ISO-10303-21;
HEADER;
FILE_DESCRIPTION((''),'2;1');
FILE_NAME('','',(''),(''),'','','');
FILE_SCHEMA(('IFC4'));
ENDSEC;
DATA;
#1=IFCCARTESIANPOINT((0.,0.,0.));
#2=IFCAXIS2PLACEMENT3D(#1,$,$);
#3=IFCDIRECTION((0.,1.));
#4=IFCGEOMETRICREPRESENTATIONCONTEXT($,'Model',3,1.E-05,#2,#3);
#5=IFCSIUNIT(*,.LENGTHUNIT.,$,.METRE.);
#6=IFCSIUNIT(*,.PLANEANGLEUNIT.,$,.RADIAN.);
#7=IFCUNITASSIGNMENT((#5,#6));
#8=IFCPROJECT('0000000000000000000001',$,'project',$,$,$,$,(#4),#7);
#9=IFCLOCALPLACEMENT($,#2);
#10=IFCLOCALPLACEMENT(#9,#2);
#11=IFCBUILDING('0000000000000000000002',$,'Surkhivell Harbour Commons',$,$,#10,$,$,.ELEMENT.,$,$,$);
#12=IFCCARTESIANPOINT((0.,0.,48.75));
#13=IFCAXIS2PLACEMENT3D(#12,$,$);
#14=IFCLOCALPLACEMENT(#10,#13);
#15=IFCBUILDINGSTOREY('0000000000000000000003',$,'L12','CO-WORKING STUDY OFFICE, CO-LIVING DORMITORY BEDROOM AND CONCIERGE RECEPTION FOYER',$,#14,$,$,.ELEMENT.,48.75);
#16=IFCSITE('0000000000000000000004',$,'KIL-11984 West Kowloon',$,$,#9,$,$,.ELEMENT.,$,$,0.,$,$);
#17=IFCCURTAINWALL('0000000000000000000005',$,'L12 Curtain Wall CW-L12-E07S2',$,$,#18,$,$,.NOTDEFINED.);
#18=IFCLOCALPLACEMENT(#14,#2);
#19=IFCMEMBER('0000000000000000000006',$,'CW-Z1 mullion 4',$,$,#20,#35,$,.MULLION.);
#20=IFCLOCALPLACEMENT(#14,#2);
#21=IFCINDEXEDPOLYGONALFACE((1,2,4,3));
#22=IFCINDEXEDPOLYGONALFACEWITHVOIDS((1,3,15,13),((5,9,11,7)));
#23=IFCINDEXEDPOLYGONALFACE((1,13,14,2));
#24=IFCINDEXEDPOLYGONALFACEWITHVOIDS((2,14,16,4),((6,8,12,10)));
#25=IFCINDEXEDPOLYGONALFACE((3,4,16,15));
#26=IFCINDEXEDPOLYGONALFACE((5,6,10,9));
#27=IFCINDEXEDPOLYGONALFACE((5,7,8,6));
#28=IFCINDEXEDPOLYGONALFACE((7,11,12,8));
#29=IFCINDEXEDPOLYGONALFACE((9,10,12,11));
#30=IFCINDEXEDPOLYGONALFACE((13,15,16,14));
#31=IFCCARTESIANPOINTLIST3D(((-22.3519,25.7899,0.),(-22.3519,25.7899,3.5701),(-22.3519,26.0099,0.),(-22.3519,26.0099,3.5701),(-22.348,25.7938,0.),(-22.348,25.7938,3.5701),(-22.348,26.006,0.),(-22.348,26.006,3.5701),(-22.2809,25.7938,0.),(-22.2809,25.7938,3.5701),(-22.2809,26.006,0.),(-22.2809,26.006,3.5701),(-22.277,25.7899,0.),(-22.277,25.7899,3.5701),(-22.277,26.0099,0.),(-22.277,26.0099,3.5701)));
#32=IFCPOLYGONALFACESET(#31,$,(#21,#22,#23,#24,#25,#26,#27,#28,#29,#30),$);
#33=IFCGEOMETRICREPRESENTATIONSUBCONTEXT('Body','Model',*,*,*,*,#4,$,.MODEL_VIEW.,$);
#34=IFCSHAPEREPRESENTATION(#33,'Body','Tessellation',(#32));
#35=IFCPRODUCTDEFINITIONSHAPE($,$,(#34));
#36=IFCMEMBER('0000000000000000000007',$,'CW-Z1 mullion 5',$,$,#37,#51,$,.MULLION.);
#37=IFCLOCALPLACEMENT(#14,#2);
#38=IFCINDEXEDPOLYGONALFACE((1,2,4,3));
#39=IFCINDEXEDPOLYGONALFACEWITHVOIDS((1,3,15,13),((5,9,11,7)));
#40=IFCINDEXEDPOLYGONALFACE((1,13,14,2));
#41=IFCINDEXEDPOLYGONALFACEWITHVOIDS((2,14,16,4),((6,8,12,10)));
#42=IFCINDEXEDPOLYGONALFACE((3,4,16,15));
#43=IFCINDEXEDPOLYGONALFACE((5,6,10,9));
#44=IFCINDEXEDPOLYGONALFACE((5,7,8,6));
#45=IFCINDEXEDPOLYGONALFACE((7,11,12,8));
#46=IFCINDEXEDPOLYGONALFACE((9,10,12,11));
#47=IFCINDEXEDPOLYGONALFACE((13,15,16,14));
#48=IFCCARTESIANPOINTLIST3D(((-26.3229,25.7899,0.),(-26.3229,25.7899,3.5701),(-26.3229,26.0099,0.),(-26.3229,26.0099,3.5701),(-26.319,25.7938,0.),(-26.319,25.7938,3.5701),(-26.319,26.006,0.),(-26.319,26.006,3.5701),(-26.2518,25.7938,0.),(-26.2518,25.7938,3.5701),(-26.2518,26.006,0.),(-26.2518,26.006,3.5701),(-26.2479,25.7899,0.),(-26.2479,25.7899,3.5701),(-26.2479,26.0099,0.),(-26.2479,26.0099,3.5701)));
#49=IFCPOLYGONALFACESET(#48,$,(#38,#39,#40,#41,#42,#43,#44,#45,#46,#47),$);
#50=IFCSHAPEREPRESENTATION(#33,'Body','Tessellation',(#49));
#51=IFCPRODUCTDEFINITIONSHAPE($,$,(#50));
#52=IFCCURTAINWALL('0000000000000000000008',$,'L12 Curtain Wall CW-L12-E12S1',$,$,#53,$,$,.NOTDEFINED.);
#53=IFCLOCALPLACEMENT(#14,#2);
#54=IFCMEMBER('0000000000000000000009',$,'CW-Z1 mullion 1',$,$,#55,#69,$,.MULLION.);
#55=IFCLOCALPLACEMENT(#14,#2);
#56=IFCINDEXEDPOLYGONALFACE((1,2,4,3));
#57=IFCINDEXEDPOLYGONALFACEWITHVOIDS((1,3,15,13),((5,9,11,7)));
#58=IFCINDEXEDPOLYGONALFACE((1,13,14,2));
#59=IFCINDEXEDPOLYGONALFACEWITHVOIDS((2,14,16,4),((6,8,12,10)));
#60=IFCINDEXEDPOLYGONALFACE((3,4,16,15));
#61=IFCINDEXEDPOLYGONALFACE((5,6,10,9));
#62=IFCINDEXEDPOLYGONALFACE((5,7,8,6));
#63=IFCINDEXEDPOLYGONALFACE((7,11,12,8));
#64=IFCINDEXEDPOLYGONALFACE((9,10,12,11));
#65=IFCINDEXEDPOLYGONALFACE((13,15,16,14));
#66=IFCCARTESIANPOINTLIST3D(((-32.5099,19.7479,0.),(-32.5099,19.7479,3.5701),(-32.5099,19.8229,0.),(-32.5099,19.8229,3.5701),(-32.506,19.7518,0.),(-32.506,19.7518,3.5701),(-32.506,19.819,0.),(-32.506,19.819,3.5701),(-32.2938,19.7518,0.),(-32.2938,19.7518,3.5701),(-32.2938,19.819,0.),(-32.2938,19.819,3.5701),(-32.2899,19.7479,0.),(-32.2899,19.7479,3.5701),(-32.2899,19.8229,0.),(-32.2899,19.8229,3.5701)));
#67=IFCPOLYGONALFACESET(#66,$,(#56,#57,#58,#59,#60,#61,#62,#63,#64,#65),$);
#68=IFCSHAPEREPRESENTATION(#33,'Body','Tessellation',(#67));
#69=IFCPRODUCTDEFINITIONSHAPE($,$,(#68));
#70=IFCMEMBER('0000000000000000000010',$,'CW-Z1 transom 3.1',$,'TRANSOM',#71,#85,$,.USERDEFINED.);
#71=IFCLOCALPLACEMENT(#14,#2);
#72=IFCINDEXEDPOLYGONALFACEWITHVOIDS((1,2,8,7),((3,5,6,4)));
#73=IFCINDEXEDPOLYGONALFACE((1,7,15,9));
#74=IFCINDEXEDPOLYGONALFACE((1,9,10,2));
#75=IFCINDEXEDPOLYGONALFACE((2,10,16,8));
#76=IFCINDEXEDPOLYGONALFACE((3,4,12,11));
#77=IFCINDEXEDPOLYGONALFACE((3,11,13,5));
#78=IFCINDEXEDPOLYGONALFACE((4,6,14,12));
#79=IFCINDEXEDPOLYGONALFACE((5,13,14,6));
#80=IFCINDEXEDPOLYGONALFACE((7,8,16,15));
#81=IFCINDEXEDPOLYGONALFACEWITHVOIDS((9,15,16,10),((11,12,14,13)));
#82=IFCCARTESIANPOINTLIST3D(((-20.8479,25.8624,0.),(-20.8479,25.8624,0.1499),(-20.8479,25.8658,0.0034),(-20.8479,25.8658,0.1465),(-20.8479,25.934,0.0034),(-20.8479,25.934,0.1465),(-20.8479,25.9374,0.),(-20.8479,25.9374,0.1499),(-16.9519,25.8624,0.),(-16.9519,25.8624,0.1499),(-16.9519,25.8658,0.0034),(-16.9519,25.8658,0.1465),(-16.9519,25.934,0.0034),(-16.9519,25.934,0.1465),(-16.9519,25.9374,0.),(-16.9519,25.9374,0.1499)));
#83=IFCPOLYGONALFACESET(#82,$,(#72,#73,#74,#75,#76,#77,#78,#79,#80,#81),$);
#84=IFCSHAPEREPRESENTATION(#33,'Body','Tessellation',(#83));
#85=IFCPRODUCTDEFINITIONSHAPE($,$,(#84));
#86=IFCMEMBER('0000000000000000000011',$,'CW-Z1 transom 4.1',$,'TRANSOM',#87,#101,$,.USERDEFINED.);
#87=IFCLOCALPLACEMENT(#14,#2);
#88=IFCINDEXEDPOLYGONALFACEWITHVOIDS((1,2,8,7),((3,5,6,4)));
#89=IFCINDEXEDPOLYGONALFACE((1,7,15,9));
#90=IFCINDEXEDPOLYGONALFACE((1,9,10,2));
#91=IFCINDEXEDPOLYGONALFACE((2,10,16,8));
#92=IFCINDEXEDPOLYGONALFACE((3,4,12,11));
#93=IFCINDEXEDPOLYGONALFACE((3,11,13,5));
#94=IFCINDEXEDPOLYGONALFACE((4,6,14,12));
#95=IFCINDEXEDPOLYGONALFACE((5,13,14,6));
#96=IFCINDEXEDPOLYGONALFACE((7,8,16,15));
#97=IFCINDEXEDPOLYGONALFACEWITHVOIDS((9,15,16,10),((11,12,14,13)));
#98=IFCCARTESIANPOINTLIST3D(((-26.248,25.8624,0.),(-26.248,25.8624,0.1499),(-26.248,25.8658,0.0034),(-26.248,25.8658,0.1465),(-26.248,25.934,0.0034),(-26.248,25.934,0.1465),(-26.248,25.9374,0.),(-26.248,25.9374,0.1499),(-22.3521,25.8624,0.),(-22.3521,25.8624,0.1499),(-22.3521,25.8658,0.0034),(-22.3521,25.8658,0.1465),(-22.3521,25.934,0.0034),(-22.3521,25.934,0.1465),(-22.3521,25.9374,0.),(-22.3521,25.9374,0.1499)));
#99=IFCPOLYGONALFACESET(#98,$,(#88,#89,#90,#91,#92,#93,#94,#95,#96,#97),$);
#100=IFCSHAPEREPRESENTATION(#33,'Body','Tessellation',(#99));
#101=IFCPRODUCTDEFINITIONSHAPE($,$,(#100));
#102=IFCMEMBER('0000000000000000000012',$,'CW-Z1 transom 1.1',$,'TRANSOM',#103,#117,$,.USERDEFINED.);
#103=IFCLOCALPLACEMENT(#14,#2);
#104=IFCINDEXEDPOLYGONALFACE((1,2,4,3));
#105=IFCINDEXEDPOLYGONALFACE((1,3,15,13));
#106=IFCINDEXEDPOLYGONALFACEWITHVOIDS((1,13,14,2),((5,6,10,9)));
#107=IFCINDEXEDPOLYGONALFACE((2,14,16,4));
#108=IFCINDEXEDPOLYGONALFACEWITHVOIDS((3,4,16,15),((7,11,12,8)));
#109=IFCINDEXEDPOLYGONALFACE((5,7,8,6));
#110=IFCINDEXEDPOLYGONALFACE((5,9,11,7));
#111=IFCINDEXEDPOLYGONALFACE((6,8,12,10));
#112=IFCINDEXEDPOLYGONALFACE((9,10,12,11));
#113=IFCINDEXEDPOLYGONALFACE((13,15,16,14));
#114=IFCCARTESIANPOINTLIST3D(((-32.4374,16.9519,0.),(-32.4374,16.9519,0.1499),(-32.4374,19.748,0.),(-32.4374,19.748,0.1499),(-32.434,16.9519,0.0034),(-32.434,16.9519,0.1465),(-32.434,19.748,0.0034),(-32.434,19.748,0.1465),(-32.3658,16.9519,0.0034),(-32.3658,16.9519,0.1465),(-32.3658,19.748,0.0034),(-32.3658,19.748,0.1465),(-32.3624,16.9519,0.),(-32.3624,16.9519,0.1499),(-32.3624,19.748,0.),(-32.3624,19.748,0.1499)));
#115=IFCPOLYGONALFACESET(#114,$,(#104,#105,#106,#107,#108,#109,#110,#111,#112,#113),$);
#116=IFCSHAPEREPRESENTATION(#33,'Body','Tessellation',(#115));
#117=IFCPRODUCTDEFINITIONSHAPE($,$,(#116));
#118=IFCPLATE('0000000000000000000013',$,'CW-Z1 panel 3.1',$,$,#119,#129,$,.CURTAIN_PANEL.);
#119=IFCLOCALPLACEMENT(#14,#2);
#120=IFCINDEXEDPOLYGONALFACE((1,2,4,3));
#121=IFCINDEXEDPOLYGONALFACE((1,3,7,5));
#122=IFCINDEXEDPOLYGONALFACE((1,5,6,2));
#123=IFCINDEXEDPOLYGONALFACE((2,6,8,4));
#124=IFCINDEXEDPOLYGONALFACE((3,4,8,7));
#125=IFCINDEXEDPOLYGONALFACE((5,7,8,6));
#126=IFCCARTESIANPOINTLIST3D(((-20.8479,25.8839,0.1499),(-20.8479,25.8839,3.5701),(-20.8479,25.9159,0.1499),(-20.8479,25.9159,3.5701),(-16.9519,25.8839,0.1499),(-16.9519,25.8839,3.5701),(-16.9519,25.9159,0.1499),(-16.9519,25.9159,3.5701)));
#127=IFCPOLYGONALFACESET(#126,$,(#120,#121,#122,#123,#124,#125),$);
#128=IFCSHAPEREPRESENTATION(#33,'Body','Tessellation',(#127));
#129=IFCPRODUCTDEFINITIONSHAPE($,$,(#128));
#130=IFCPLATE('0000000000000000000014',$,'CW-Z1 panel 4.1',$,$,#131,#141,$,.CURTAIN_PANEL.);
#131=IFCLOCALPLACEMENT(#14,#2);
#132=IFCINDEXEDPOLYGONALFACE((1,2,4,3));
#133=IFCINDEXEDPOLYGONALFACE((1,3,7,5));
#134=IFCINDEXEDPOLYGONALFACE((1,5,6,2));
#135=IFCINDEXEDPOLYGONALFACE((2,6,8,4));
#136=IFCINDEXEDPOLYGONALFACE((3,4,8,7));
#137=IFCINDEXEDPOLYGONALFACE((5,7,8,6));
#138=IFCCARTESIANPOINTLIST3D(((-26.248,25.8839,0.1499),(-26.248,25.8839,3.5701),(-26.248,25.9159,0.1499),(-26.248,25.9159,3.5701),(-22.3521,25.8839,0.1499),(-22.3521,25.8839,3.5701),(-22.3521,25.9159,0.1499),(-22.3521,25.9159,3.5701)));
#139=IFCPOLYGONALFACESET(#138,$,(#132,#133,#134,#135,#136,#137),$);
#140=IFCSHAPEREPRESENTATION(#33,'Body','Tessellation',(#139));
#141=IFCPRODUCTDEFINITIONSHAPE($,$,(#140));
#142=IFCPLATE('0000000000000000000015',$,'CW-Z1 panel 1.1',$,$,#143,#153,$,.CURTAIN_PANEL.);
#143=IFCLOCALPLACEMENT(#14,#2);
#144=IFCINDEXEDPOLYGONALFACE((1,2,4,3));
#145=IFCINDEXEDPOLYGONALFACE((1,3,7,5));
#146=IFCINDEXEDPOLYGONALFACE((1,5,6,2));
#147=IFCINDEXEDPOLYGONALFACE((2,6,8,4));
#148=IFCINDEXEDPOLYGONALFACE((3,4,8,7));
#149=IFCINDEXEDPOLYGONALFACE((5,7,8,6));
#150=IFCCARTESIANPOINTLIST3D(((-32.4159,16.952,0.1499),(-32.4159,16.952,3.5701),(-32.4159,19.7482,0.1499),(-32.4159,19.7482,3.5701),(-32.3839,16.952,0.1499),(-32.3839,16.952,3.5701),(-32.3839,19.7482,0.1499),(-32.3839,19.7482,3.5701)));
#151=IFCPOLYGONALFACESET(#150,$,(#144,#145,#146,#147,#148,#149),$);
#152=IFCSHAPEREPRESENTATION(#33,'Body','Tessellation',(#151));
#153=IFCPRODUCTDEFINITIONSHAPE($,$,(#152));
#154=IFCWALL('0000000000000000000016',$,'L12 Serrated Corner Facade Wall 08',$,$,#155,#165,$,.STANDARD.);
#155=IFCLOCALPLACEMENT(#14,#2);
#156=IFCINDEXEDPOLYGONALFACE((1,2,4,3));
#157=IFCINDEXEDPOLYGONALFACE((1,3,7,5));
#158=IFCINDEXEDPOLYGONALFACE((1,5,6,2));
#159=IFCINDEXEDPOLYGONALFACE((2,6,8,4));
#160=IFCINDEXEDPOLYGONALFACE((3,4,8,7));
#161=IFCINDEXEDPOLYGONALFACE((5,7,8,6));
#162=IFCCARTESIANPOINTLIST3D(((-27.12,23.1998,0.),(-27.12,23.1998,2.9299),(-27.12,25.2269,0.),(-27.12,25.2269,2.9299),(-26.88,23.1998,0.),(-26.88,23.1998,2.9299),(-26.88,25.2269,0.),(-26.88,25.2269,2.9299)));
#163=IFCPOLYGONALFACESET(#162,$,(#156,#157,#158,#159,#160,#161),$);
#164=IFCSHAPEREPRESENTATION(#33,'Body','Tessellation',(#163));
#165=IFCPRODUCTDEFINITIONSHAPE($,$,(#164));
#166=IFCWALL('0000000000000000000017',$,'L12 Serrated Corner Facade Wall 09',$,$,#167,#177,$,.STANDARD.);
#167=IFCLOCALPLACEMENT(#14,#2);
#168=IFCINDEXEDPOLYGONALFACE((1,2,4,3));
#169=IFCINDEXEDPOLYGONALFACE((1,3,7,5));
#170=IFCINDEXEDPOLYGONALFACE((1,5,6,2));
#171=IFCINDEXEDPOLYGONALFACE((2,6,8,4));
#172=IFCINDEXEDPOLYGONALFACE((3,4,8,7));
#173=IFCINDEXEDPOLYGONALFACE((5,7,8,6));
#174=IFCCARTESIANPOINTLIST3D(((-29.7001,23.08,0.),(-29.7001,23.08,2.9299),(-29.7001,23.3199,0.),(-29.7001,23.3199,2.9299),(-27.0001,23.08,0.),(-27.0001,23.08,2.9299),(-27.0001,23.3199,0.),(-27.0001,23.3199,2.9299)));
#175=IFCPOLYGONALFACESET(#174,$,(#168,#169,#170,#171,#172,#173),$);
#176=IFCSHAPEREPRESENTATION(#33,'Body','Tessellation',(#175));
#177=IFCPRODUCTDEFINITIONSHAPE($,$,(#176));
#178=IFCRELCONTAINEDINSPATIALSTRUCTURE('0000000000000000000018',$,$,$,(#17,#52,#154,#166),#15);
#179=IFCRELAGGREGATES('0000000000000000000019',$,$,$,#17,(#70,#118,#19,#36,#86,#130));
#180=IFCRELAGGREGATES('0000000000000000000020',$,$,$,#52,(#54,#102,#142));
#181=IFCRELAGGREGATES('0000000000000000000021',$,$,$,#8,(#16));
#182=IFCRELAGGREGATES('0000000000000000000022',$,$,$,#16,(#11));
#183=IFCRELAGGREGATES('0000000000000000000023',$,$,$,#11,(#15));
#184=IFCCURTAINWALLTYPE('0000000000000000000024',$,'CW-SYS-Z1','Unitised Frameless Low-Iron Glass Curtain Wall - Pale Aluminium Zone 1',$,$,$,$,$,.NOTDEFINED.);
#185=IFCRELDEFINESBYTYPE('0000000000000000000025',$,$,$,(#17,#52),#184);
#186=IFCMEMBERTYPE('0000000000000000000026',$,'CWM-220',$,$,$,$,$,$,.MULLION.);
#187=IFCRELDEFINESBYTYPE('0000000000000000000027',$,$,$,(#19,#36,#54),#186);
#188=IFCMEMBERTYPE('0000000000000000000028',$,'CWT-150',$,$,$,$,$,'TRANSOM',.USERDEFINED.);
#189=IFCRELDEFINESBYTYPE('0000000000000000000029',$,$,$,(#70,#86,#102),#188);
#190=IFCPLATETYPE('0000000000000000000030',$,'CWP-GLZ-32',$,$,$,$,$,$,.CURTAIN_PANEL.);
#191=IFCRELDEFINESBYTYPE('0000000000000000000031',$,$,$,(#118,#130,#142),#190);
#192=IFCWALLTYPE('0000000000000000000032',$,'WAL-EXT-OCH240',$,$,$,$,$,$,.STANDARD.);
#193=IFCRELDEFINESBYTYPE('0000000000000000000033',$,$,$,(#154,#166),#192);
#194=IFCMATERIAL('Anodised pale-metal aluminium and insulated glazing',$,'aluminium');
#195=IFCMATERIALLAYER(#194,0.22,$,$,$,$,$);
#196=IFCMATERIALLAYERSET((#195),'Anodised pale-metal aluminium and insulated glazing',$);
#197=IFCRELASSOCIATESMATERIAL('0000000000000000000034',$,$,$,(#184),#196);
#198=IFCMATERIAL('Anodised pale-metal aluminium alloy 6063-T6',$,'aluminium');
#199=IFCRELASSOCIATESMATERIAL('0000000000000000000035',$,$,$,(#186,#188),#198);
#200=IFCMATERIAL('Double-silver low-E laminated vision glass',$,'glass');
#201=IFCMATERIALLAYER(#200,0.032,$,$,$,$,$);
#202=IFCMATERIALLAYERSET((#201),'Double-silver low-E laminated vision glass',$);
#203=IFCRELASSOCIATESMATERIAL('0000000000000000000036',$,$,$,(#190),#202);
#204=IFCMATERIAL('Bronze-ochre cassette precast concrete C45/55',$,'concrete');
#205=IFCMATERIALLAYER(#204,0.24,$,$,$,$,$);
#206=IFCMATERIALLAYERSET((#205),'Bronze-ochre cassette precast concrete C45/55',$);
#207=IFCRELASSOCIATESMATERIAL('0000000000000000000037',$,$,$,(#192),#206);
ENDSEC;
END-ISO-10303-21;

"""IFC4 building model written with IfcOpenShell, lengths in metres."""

from ifc_helpers import new_model, si_unit, direction, frame, frame_2d, origin, origin_2d, place, context, subcontext, project, spatial, rectangle, hollow_rectangle, extrude, material, layer, layer_set, material_profile, profile_set, type_object, element, aggregate, save


model = new_model("IFC4")

# Units and contexts
model_context = context("Model", 3, precision=1e-05, world=origin(), true_north=direction((0.0, 1.0)))
body_context = subcontext(model_context, "Body", "Model", "MODEL_VIEW")
ifc_project = project(units=[si_unit("LENGTHUNIT", "METRE"), si_unit("PLANEANGLEUNIT", "RADIAN")], contexts=[model_context])

# Site, building, storey
site_placement = place(None, origin())
site = spatial("IfcSite", under=ifc_project, at=site_placement, Name="KIL-11984 West Kowloon", CompositionType="ELEMENT", RefElevation=0.0)
building_placement = place(site_placement, origin())
building = spatial("IfcBuilding", under=site, at=building_placement, Name="Surkhivell Harbour Commons", CompositionType="ELEMENT")
storey_placement = place(building_placement, frame((0.0, 0.0, 48.75)))
storey = spatial("IfcBuildingStorey", under=building, at=storey_placement, Name="L12", Description="CO-WORKING STUDY OFFICE, CO-LIVING DORMITORY BEDROOM AND CONCIERGE RECEPTION FOYER", CompositionType="ELEMENT", Elevation=48.75)

# Curtain wall, members
ifc_material_1 = material(Name="Anodised pale-metal aluminium and insulated glazing", Category="aluminium")
ifc_layer_1 = layer(ifc_material_1, 0.22)
ifc_layer_set_1 = layer_set([ifc_layer_1], Name="Anodised pale-metal aluminium and insulated glazing")
curtain_wall_type = type_object("IfcCurtainWallType", Name="CW-SYS-Z1", Description="Unitised Frameless Low-Iron Glass Curtain Wall - Pale Aluminium Zone 1", PredefinedType="NOTDEFINED", material=ifc_layer_set_1)
curtain_wall_1_placement = place(storey_placement, origin())
curtain_wall_1 = element("IfcCurtainWall", 1, at=curtain_wall_1_placement, inside=storey, type_object=curtain_wall_type, Name="L12 Curtain Wall CW-L12-E07S2", PredefinedType="NOTDEFINED")
ifc_material_2 = material(Name="Anodised pale-metal aluminium alloy 6063-T6", Category="aluminium")
ifc_material_profile_1 = material_profile(ifc_material_2, hollow_rectangle(XDim=0.075, YDim=0.22, WallThickness=0.0039, at=origin_2d()), Name="ALU-MULL-75x220")
ifc_profile_set_1 = profile_set([ifc_material_profile_1], Name="Anodised pale-metal aluminium alloy 6063-T6")
member_type_1 = type_object("IfcMemberType", Name="CWM-220", PredefinedType="MULLION", material=ifc_profile_set_1)
member_1_placement = place(storey_placement, frame((-22.3145, 25.8999, 0.0), z_axis=(0.0, 0.0, 1.0), x_axis=(-1.0, 0.0, 0.0)))
member_1 = element("IfcMember", 2, at=member_1_placement, type_object=member_type_1, Name="CW-Z1 mullion 4", PredefinedType="MULLION", context=body_context, shape_type="SweptSolid", body=[
    extrude(hollow_rectangle(XDim=0.075, YDim=0.22, WallThickness=0.0039, at=origin_2d()), origin(), (0.0, 0.0, 1.0), 3.5701),
])
member_2_placement = place(storey_placement, frame((-26.2854, 25.8999, 0.0), z_axis=(0.0, 0.0, 1.0), x_axis=(-1.0, 0.0, 0.0)))
member_2 = element("IfcMember", 3, at=member_2_placement, type_object=member_type_1, Name="CW-Z1 mullion 5", PredefinedType="MULLION", context=body_context, shape_type="SweptSolid", body=[
    extrude(hollow_rectangle(XDim=0.075, YDim=0.22, WallThickness=0.0039, at=origin_2d()), origin(), (0.0, 0.0, 1.0), 3.5701),
])

# Curtain wall, member
curtain_wall_2_placement = place(storey_placement, origin())
curtain_wall_2 = element("IfcCurtainWall", 4, at=curtain_wall_2_placement, inside=storey, type_object=curtain_wall_type, Name="L12 Curtain Wall CW-L12-E12S1", PredefinedType="NOTDEFINED")
member_3_placement = place(storey_placement, frame((-32.3999, 19.7854, 0.0), z_axis=(0.0, 0.0, 1.0), x_axis=(0.0, -1.0, 0.0)))
member_3 = element("IfcMember", 5, at=member_3_placement, type_object=member_type_1, Name="CW-Z1 mullion 1", PredefinedType="MULLION", context=body_context, shape_type="SweptSolid", body=[
    extrude(hollow_rectangle(XDim=0.075, YDim=0.22, WallThickness=0.0039, at=origin_2d()), origin(), (0.0, 0.0, 1.0), 3.5701),
])

# Members
ifc_material_profile_2 = material_profile(ifc_material_2, hollow_rectangle(XDim=0.075, YDim=0.1499, WallThickness=0.0034, at=origin_2d()), Name="ALU-TRAN-75x150")
ifc_profile_set_2 = profile_set([ifc_material_profile_2], Name="Anodised pale-metal aluminium alloy 6063-T6")
member_type_2 = type_object("IfcMemberType", Name="CWT-150", ElementType="TRANSOM", PredefinedType="USERDEFINED", material=ifc_profile_set_2)
member_4_placement = place(storey_placement, frame((-16.9519, 25.8999, 0.075), z_axis=(-1.0, 0.0, 0.0), x_axis=(0.0, -1.0, 0.0)))
member_4 = element("IfcMember", 6, at=member_4_placement, type_object=member_type_2, Name="CW-Z1 transom 3.1", ObjectType="TRANSOM", PredefinedType="USERDEFINED", context=body_context, shape_type="SweptSolid", body=[
    extrude(hollow_rectangle(XDim=0.075, YDim=0.1499, WallThickness=0.0034, at=origin_2d()), origin(), (0.0, 0.0, 1.0), 3.896),
])
member_5_placement = place(storey_placement, frame((-22.3521, 25.8999, 0.075), z_axis=(-1.0, 0.0, 0.0), x_axis=(0.0, -1.0, 0.0)))
member_5 = element("IfcMember", 7, at=member_5_placement, type_object=member_type_2, Name="CW-Z1 transom 4.1", ObjectType="TRANSOM", PredefinedType="USERDEFINED", context=body_context, shape_type="SweptSolid", body=[
    extrude(hollow_rectangle(XDim=0.075, YDim=0.1499, WallThickness=0.0034, at=origin_2d()), origin(), (0.0, 0.0, 1.0), 3.896),
])
member_6_placement = place(storey_placement, frame((-32.3999, 19.748, 0.075), z_axis=(0.0, -1.0, 0.0), x_axis=(1.0, 0.0, 0.0)))
member_6 = element("IfcMember", 8, at=member_6_placement, type_object=member_type_2, Name="CW-Z1 transom 1.1", ObjectType="TRANSOM", PredefinedType="USERDEFINED", context=body_context, shape_type="SweptSolid", body=[
    extrude(hollow_rectangle(XDim=0.075, YDim=0.1499, WallThickness=0.0034, at=origin_2d()), origin(), (0.0, 0.0, 1.0), 2.7961),
])

# Plates
ifc_material_3 = material(Name="Double-silver low-E laminated vision glass", Category="glass")
ifc_layer_2 = layer(ifc_material_3, 0.032)
ifc_layer_set_2 = layer_set([ifc_layer_2], Name="Double-silver low-E laminated vision glass")
plate_type = type_object("IfcPlateType", Name="CWP-GLZ-32", PredefinedType="CURTAIN_PANEL", material=ifc_layer_set_2)
plate_1_placement = place(storey_placement, frame((-16.9519, 25.8999, 0.1499), z_axis=(0.0, 0.0, 1.0), x_axis=(-1.0, 0.0, 0.0)))
plate_1 = element("IfcPlate", 9, at=plate_1_placement, type_object=plate_type, Name="CW-Z1 panel 3.1", PredefinedType="CURTAIN_PANEL", context=body_context, shape_type="SweptSolid", body=[
    extrude(rectangle(XDim=3.896, YDim=0.032, at=frame_2d((1.948, 0.0))), origin(), (0.0, 0.0, 1.0), 3.4202),
])
plate_2_placement = place(storey_placement, frame((-22.3521, 25.8999, 0.1499), z_axis=(0.0, 0.0, 1.0), x_axis=(-1.0, 0.0, 0.0)))
plate_2 = element("IfcPlate", 10, at=plate_2_placement, type_object=plate_type, Name="CW-Z1 panel 4.1", PredefinedType="CURTAIN_PANEL", context=body_context, shape_type="SweptSolid", body=[
    extrude(rectangle(XDim=3.896, YDim=0.032, at=frame_2d((1.948, 0.0))), origin(), (0.0, 0.0, 1.0), 3.4202),
])
aggregate(curtain_wall_1, [member_4, plate_1, member_1, member_2, member_5, plate_2])
plate_3_placement = place(storey_placement, frame((-32.3999, 19.748, 0.1499), z_axis=(0.0, 0.0, 1.0), x_axis=(0.0, -1.0, 0.0)))
plate_3 = element("IfcPlate", 11, at=plate_3_placement, type_object=plate_type, Name="CW-Z1 panel 1.1", PredefinedType="CURTAIN_PANEL", context=body_context, shape_type="SweptSolid", body=[
    extrude(rectangle(XDim=2.7961, YDim=0.032, at=frame_2d((1.3979, 0.0))), origin(), (0.0, 0.0, 1.0), 3.4202),
])
aggregate(curtain_wall_2, [member_3, member_6, plate_3])

# Walls
ifc_material_4 = material(Name="Bronze-ochre cassette precast concrete C45/55", Category="concrete")
ifc_layer_3 = layer(ifc_material_4, 0.24)
ifc_layer_set_3 = layer_set([ifc_layer_3], Name="Bronze-ochre cassette precast concrete C45/55")
wall_type = type_object("IfcWallType", Name="WAL-EXT-OCH240", PredefinedType="STANDARD", material=ifc_layer_set_3)
wall_1_placement = place(storey_placement, frame((-27.0, 25.2271, 0.0), z_axis=(0.0, 0.0, 1.0), x_axis=(0.0, -1.0, 0.0)))
element("IfcWall", 12, at=wall_1_placement, inside=storey, type_object=wall_type, Name="L12 Serrated Corner Facade Wall 08", PredefinedType="STANDARD", context=body_context, shape_type="SweptSolid", body=[
    extrude(rectangle(XDim=2.0271, YDim=0.24, at=frame_2d((1.0137, 0.0))), origin(), (0.0, 0.0, 1.0), 2.9299),
])
wall_2_placement = place(storey_placement, frame((-27.0, 23.2, 0.0), z_axis=(0.0, 0.0, 1.0), x_axis=(-1.0, 0.0, 0.0)))
element("IfcWall", 13, at=wall_2_placement, inside=storey, type_object=wall_type, Name="L12 Serrated Corner Facade Wall 09", PredefinedType="STANDARD", context=body_context, shape_type="SweptSolid", body=[
    extrude(rectangle(XDim=2.7, YDim=0.24, at=frame_2d((1.3501, 0.0))), origin(), (0.0, 0.0, 1.0), 2.9299),
])

save(model, "model.ifc")
